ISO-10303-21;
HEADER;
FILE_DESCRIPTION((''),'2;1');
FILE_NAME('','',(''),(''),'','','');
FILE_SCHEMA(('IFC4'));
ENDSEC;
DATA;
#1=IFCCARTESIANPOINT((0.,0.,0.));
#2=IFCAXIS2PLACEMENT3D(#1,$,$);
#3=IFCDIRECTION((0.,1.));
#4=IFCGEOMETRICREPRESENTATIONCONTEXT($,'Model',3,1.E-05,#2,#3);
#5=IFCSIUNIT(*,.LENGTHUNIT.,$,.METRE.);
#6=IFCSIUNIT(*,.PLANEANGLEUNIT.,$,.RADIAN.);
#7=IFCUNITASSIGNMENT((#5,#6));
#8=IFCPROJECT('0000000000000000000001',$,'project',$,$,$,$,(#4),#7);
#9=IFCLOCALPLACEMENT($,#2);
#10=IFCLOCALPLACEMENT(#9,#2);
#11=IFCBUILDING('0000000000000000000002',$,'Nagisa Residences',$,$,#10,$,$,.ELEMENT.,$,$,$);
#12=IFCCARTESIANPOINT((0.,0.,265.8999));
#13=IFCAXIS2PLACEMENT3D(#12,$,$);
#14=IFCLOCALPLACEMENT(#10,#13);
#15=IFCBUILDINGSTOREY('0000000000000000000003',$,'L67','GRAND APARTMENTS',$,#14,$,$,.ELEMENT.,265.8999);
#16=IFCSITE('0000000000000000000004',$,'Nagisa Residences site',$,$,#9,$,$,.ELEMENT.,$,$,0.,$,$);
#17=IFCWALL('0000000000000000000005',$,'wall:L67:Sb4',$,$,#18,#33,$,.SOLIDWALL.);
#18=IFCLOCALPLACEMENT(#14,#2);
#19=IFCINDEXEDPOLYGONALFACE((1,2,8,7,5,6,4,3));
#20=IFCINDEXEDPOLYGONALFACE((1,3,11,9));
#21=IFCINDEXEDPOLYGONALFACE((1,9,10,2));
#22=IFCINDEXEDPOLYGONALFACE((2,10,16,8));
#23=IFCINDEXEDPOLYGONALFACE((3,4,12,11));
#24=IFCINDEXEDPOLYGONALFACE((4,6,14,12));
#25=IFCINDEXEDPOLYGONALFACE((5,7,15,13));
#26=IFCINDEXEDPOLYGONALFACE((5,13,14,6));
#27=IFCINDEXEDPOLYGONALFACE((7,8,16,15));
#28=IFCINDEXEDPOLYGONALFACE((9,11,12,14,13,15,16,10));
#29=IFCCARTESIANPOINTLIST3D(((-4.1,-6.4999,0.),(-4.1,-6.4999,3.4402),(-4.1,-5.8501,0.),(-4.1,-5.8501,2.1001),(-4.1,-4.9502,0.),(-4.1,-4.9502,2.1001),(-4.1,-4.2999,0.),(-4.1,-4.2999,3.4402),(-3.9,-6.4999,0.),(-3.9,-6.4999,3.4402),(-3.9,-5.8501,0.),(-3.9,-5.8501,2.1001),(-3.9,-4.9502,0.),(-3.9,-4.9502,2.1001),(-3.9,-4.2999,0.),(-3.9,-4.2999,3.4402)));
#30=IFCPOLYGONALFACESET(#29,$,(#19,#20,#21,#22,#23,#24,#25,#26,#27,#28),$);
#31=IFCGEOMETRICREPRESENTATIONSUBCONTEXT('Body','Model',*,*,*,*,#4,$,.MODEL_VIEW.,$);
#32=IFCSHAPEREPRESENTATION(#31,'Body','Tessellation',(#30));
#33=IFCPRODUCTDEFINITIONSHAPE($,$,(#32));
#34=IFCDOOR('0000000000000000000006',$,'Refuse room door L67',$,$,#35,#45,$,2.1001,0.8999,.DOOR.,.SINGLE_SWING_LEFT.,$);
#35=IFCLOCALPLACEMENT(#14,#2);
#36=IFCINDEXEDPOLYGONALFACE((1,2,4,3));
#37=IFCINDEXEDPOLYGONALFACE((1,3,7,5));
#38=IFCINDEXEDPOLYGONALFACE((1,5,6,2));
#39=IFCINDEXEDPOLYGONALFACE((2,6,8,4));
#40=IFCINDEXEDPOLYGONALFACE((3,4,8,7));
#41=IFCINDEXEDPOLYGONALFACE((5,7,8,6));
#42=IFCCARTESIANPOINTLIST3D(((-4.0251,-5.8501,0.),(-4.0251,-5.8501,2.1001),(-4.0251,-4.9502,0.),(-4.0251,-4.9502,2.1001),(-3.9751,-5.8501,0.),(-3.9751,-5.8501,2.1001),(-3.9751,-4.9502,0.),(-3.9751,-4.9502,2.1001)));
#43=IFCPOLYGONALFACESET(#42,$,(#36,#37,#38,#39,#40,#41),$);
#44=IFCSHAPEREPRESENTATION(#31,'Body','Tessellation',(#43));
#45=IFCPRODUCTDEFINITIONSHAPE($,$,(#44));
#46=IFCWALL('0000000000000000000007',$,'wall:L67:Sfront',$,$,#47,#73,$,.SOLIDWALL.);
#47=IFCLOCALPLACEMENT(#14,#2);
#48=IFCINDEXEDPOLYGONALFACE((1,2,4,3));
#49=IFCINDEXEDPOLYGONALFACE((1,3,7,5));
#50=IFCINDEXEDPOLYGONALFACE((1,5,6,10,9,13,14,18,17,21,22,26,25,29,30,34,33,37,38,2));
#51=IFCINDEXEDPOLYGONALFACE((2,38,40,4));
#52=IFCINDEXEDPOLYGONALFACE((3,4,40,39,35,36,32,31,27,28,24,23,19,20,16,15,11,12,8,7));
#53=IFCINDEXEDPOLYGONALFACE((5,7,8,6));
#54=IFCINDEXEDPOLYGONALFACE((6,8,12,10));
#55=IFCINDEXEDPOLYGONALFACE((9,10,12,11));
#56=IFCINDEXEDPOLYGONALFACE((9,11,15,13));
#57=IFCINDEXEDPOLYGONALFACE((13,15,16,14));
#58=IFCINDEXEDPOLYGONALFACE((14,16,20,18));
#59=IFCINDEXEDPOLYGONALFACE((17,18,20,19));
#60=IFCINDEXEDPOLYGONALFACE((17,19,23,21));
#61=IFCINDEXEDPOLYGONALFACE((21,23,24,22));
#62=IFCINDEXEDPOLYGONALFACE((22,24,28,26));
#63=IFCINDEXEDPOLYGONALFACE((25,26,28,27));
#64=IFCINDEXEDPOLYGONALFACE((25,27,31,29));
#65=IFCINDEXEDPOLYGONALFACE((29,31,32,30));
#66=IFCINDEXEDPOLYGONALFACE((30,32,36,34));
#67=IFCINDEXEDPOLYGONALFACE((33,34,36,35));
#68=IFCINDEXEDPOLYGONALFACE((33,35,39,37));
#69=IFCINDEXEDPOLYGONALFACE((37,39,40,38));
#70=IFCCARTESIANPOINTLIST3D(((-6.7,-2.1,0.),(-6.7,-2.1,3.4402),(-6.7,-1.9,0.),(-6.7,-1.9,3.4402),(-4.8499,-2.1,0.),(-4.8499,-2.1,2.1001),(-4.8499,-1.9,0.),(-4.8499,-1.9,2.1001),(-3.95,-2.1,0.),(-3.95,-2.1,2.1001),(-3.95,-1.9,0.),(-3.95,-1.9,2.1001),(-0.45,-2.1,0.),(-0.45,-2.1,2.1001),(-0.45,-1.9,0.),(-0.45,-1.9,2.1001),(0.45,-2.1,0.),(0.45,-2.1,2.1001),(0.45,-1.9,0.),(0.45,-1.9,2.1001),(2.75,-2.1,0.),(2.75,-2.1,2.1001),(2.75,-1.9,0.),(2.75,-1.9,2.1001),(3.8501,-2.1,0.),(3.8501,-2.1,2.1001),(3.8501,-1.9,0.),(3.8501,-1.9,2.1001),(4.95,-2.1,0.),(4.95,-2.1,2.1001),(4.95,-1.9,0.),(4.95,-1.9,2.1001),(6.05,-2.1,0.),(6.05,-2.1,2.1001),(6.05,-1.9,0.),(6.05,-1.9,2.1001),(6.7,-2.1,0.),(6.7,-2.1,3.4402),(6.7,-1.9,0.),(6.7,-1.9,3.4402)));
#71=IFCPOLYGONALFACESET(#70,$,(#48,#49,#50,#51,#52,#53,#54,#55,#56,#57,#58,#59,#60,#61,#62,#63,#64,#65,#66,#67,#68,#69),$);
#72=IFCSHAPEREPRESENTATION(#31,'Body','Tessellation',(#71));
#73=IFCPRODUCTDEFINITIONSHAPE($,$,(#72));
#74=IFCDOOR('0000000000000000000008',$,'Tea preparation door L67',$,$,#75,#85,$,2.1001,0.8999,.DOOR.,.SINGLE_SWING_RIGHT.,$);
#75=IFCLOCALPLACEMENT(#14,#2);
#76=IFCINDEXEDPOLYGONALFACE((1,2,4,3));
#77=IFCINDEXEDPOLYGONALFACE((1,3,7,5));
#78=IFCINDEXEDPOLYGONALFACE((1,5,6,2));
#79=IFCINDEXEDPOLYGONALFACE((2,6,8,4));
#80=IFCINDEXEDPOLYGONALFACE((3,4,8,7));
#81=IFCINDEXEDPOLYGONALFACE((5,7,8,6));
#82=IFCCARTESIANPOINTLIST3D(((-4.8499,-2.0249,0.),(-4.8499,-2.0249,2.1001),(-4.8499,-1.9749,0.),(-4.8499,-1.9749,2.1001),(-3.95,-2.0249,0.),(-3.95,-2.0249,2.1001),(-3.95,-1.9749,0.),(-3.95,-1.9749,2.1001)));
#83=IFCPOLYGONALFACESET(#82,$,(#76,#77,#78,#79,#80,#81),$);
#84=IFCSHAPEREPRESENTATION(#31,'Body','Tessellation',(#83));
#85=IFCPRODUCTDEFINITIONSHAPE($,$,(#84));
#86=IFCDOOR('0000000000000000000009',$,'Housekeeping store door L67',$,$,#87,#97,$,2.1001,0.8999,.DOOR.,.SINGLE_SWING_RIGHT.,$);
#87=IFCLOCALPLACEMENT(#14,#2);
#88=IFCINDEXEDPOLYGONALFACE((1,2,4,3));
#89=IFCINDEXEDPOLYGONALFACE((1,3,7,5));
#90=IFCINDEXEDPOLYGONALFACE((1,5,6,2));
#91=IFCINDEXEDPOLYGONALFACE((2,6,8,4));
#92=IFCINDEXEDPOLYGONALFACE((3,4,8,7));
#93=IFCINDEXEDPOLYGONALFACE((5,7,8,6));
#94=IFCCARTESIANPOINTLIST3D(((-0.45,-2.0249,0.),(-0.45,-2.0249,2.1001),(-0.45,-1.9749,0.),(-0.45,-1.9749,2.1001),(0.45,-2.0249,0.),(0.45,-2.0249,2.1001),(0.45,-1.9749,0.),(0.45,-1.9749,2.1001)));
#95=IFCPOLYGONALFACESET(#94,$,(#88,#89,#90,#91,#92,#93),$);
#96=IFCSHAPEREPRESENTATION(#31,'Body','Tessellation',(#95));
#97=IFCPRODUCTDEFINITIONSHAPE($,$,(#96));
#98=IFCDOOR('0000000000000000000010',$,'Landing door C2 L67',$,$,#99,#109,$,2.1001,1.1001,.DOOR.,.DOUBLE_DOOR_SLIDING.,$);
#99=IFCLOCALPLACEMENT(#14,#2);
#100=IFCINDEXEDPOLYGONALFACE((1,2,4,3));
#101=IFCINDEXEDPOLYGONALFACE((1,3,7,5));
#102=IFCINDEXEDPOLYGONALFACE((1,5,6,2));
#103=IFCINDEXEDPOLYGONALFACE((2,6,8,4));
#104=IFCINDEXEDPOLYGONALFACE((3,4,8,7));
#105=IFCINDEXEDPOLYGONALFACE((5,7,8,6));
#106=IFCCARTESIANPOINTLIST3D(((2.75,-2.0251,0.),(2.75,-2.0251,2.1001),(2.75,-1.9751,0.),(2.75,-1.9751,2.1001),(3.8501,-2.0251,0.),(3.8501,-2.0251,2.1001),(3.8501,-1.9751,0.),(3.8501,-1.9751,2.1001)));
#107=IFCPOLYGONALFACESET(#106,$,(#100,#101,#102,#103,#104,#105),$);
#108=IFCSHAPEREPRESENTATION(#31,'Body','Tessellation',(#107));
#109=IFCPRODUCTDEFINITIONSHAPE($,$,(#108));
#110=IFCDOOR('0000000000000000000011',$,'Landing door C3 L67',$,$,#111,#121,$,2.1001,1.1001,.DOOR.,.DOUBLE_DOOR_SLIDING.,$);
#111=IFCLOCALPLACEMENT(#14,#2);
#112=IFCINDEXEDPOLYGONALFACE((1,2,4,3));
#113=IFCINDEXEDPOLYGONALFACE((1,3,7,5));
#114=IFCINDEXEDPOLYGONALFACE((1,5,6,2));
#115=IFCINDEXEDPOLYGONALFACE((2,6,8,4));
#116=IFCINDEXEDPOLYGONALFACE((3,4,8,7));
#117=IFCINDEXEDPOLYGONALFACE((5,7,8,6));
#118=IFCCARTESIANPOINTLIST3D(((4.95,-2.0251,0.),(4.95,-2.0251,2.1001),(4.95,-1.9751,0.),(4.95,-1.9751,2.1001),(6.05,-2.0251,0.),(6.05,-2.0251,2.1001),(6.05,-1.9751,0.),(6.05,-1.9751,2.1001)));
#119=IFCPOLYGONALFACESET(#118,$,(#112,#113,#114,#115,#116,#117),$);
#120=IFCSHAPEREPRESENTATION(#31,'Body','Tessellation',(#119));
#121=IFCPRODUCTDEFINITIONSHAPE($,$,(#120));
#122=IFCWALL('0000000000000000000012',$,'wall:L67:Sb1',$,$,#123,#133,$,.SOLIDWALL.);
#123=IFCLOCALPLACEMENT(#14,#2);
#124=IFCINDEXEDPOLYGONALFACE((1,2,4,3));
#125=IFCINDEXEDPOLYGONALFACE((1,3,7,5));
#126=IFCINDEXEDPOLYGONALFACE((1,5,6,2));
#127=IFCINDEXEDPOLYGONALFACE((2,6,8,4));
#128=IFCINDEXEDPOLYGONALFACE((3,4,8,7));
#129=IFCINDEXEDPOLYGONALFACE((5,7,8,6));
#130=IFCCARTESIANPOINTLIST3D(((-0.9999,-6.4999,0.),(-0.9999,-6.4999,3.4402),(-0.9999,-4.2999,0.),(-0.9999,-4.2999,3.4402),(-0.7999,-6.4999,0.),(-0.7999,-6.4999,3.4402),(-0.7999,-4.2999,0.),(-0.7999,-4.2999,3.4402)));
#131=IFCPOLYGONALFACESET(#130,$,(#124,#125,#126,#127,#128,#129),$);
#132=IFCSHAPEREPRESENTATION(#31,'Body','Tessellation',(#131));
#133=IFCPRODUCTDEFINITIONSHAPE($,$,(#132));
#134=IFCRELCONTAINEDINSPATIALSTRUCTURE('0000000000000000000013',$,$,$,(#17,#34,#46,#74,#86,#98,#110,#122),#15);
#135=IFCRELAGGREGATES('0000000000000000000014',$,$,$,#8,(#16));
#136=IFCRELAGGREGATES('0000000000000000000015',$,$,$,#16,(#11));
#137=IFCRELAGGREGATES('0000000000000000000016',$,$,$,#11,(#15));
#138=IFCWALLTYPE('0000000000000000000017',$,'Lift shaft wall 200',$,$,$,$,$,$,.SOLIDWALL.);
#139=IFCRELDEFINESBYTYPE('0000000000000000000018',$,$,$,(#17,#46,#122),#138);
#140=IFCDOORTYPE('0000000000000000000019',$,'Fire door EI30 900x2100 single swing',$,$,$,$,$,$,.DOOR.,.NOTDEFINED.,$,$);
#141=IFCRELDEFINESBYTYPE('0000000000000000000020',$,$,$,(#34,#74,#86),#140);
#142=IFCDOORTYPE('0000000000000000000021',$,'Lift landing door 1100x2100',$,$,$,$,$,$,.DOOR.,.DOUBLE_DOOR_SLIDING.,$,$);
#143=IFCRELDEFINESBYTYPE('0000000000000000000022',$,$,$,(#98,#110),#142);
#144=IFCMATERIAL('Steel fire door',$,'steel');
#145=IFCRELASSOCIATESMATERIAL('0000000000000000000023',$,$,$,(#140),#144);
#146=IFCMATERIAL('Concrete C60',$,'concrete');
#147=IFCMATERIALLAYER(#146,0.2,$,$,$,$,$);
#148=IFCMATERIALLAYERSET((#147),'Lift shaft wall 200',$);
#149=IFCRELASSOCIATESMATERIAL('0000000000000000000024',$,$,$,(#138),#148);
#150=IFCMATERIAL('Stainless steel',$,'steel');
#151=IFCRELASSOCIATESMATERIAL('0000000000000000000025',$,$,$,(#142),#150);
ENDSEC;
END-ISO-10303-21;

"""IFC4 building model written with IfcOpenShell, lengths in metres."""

from ifc_helpers import new_model, si_unit, direction, frame, frame_2d, origin, place, context, subcontext, project, spatial, rectangle, extrude, material, layer, layer_set, type_object, element, fill, save


model = new_model("IFC4")

# Units and contexts
model_context = context("Model", 3, precision=1e-05, world=origin(), true_north=direction((0.0, 1.0)))
body_context = subcontext(model_context, "Body", "Model", "MODEL_VIEW")
ifc_project = project(units=[si_unit("LENGTHUNIT", "METRE"), si_unit("PLANEANGLEUNIT", "RADIAN")], contexts=[model_context])

# Site, building, storey
site_placement = place(None, origin())
site = spatial("IfcSite", under=ifc_project, at=site_placement, Name="Nagisa Residences site", CompositionType="ELEMENT", RefElevation=0.0)
building_placement = place(site_placement, origin())
building = spatial("IfcBuilding", under=site, at=building_placement, Name="Nagisa Residences", CompositionType="ELEMENT")
storey_placement = place(building_placement, frame((0.0, 0.0, 265.8999)))
storey = spatial("IfcBuildingStorey", under=building, at=storey_placement, Name="L67", Description="GRAND APARTMENTS", CompositionType="ELEMENT", Elevation=265.8999)

# Shared definitions
ifc_material_1 = material(Name="Steel fire door", Category="steel")
door_type_1 = type_object("IfcDoorType", Name="Fire door EI30 900x2100 single swing", OperationType="NOTDEFINED", PredefinedType="DOOR", material=ifc_material_1)

# Wall, opening, door
ifc_material_2 = material(Name="Concrete C60", Category="concrete")
ifc_layer_1 = layer(ifc_material_2, 0.2)
ifc_layer_set_1 = layer_set([ifc_layer_1], Name="Lift shaft wall 200")
wall_type_1 = type_object("IfcWallType", Name="Lift shaft wall 200", PredefinedType="SOLIDWALL", material=ifc_layer_set_1)
wall_1_placement = place(storey_placement, frame((-4.0, -6.5, 0.0), z_axis=(0.0, 0.0, 1.0), x_axis=(0.0, 1.0, 0.0)))
wall_1 = element("IfcWall", 1, at=wall_1_placement, inside=storey, type_object=wall_type_1, Name="wall:L67:Sb4", PredefinedType="SOLIDWALL", context=body_context, shape_type="SweptSolid", body=[
    extrude(rectangle(XDim=2.2, YDim=0.2, at=frame_2d((1.1001, 0.0))), origin(), (0.0, 0.0, 1.0), 3.4402),
])
opening_1_placement = place(wall_1_placement, frame((0.6499, 0.0, 0.0)))
opening_1 = element("IfcOpeningElement", 2, at=opening_1_placement, cuts=wall_1, PredefinedType="OPENING", context=body_context, shape_type="SweptSolid", body=[
    extrude(rectangle(XDim=0.8999, YDim=2.1001, at=frame_2d((0.45, 1.05))), frame((0.0, 0.1099, 0.0), z_axis=(0.0, -1.0, 0.0), x_axis=(1.0, 0.0, 0.0)), (0.0, 0.0, 1.0), 0.22),
])
door_1_placement = place(opening_1_placement, frame((0.8999, 0.0, 0.0), x_axis=(-1.0, 0.0, 0.0)))
door_1 = element("IfcDoor", 3, at=door_1_placement, inside=storey, type_object=door_type_1, Name="Refuse room door L67", OperationType="SINGLE_SWING_LEFT", OverallHeight=2.1001, OverallWidth=0.8999, PredefinedType="DOOR", context=body_context, shape_type="SweptSolid", body=[
    extrude(rectangle(XDim=0.8999, YDim=2.1001, at=frame_2d((0.45, 1.05))), frame((0.0, 0.0249, 0.0), z_axis=(0.0, -1.0, 0.0), x_axis=(1.0, 0.0, 0.0)), (0.0, 0.0, 1.0), 0.05),
])
fill(opening_1, door_1)

# Wall, openings, doors
wall_2_placement = place(storey_placement, frame((-6.7, -2.0, 0.0), z_axis=(0.0, 0.0, 1.0), x_axis=(1.0, 0.0, 0.0)))
wall_2 = element("IfcWall", 4, at=wall_2_placement, inside=storey, type_object=wall_type_1, Name="wall:L67:Sfront", PredefinedType="SOLIDWALL", context=body_context, shape_type="SweptSolid", body=[
    extrude(rectangle(XDim=13.3999, YDim=0.2, at=frame_2d((6.7, 0.0))), origin(), (0.0, 0.0, 1.0), 3.4402),
])
opening_2_placement = place(wall_2_placement, frame((9.45, 0.0, 0.0)))
opening_2 = element("IfcOpeningElement", 5, at=opening_2_placement, cuts=wall_2, PredefinedType="OPENING", context=body_context, shape_type="SweptSolid", body=[
    extrude(rectangle(XDim=1.1001, YDim=2.1001, at=frame_2d((0.55, 1.05))), frame((0.0, 0.1099, 0.0), z_axis=(0.0, -1.0, 0.0), x_axis=(1.0, 0.0, 0.0)), (0.0, 0.0, 1.0), 0.22),
])
opening_3_placement = place(wall_2_placement, frame((11.6499, 0.0, 0.0)))
opening_3 = element("IfcOpeningElement", 6, at=opening_3_placement, cuts=wall_2, PredefinedType="OPENING", context=body_context, shape_type="SweptSolid", body=[
    extrude(rectangle(XDim=1.1001, YDim=2.1001, at=frame_2d((0.55, 1.05))), frame((0.0, 0.1099, 0.0), z_axis=(0.0, -1.0, 0.0), x_axis=(1.0, 0.0, 0.0)), (0.0, 0.0, 1.0), 0.22),
])
opening_4_placement = place(wall_2_placement, frame((1.8501, 0.0, 0.0)))
opening_4 = element("IfcOpeningElement", 7, at=opening_4_placement, cuts=wall_2, PredefinedType="OPENING", context=body_context, shape_type="SweptSolid", body=[
    extrude(rectangle(XDim=0.8999, YDim=2.1001, at=frame_2d((0.45, 1.05))), frame((0.0, 0.1099, 0.0), z_axis=(0.0, -1.0, 0.0), x_axis=(1.0, 0.0, 0.0)), (0.0, 0.0, 1.0), 0.22),
])
opening_5_placement = place(wall_2_placement, frame((6.25, 0.0, 0.0)))
opening_5 = element("IfcOpeningElement", 8, at=opening_5_placement, cuts=wall_2, PredefinedType="OPENING", context=body_context, shape_type="SweptSolid", body=[
    extrude(rectangle(XDim=0.8999, YDim=2.1001, at=frame_2d((0.45, 1.05))), frame((0.0, 0.1099, 0.0), z_axis=(0.0, -1.0, 0.0), x_axis=(1.0, 0.0, 0.0)), (0.0, 0.0, 1.0), 0.22),
])
door_2_placement = place(opening_4_placement, frame((0.8999, 0.0, 0.0), x_axis=(-1.0, 0.0, 0.0)))
door_2 = element("IfcDoor", 9, at=door_2_placement, inside=storey, type_object=door_type_1, Name="Tea preparation door L67", OperationType="SINGLE_SWING_RIGHT", OverallHeight=2.1001, OverallWidth=0.8999, PredefinedType="DOOR", context=body_context, shape_type="SweptSolid", body=[
    extrude(rectangle(XDim=0.8999, YDim=2.1001, at=frame_2d((0.45, 1.05))), frame((0.0, 0.0249, 0.0), z_axis=(0.0, -1.0, 0.0), x_axis=(1.0, 0.0, 0.0)), (0.0, 0.0, 1.0), 0.05),
])
fill(opening_4, door_2)
door_3_placement = place(opening_5_placement, frame((0.8999, 0.0, 0.0), x_axis=(-1.0, 0.0, 0.0)))
door_3 = element("IfcDoor", 10, at=door_3_placement, inside=storey, type_object=door_type_1, Name="Housekeeping store door L67", OperationType="SINGLE_SWING_RIGHT", OverallHeight=2.1001, OverallWidth=0.8999, PredefinedType="DOOR", context=body_context, shape_type="SweptSolid", body=[
    extrude(rectangle(XDim=0.8999, YDim=2.1001, at=frame_2d((0.45, 1.05))), frame((0.0, 0.0249, 0.0), z_axis=(0.0, -1.0, 0.0), x_axis=(1.0, 0.0, 0.0)), (0.0, 0.0, 1.0), 0.05),
])
fill(opening_5, door_3)
ifc_material_3 = material(Name="Stainless steel", Category="steel")
door_type_2 = type_object("IfcDoorType", Name="Lift landing door 1100x2100", OperationType="DOUBLE_DOOR_SLIDING", PredefinedType="DOOR", material=ifc_material_3)
door_4_placement = place(opening_2_placement, origin())
door_4 = element("IfcDoor", 11, at=door_4_placement, inside=storey, type_object=door_type_2, Name="Landing door C2 L67", OperationType="DOUBLE_DOOR_SLIDING", OverallHeight=2.1001, OverallWidth=1.1001, PredefinedType="DOOR", context=body_context, shape_type="SweptSolid", body=[
    extrude(rectangle(XDim=1.1001, YDim=2.1001, at=frame_2d((0.55, 1.05))), frame((0.0, 0.0249, 0.0), z_axis=(0.0, -1.0, 0.0), x_axis=(1.0, 0.0, 0.0)), (0.0, 0.0, 1.0), 0.05),
])
fill(opening_2, door_4)
door_5_placement = place(opening_3_placement, origin())
door_5 = element("IfcDoor", 12, at=door_5_placement, inside=storey, type_object=door_type_2, Name="Landing door C3 L67", OperationType="DOUBLE_DOOR_SLIDING", OverallHeight=2.1001, OverallWidth=1.1001, PredefinedType="DOOR", context=body_context, shape_type="SweptSolid", body=[
    extrude(rectangle(XDim=1.1001, YDim=2.1001, at=frame_2d((0.55, 1.05))), frame((0.0, 0.0249, 0.0), z_axis=(0.0, -1.0, 0.0), x_axis=(1.0, 0.0, 0.0)), (0.0, 0.0, 1.0), 0.05),
])
fill(opening_3, door_5)

# Wall
wall_3_placement = place(storey_placement, frame((-0.8999, -6.5, 0.0), z_axis=(0.0, 0.0, 1.0), x_axis=(0.0, 1.0, 0.0)))
element("IfcWall", 13, at=wall_3_placement, inside=storey, type_object=wall_type_1, Name="wall:L67:Sb1", PredefinedType="SOLIDWALL", context=body_context, shape_type="SweptSolid", body=[
    extrude(rectangle(XDim=2.2, YDim=0.2, at=frame_2d((1.1001, 0.0))), origin(), (0.0, 0.0, 1.0), 3.4402),
])

save(model, "model.ifc")
